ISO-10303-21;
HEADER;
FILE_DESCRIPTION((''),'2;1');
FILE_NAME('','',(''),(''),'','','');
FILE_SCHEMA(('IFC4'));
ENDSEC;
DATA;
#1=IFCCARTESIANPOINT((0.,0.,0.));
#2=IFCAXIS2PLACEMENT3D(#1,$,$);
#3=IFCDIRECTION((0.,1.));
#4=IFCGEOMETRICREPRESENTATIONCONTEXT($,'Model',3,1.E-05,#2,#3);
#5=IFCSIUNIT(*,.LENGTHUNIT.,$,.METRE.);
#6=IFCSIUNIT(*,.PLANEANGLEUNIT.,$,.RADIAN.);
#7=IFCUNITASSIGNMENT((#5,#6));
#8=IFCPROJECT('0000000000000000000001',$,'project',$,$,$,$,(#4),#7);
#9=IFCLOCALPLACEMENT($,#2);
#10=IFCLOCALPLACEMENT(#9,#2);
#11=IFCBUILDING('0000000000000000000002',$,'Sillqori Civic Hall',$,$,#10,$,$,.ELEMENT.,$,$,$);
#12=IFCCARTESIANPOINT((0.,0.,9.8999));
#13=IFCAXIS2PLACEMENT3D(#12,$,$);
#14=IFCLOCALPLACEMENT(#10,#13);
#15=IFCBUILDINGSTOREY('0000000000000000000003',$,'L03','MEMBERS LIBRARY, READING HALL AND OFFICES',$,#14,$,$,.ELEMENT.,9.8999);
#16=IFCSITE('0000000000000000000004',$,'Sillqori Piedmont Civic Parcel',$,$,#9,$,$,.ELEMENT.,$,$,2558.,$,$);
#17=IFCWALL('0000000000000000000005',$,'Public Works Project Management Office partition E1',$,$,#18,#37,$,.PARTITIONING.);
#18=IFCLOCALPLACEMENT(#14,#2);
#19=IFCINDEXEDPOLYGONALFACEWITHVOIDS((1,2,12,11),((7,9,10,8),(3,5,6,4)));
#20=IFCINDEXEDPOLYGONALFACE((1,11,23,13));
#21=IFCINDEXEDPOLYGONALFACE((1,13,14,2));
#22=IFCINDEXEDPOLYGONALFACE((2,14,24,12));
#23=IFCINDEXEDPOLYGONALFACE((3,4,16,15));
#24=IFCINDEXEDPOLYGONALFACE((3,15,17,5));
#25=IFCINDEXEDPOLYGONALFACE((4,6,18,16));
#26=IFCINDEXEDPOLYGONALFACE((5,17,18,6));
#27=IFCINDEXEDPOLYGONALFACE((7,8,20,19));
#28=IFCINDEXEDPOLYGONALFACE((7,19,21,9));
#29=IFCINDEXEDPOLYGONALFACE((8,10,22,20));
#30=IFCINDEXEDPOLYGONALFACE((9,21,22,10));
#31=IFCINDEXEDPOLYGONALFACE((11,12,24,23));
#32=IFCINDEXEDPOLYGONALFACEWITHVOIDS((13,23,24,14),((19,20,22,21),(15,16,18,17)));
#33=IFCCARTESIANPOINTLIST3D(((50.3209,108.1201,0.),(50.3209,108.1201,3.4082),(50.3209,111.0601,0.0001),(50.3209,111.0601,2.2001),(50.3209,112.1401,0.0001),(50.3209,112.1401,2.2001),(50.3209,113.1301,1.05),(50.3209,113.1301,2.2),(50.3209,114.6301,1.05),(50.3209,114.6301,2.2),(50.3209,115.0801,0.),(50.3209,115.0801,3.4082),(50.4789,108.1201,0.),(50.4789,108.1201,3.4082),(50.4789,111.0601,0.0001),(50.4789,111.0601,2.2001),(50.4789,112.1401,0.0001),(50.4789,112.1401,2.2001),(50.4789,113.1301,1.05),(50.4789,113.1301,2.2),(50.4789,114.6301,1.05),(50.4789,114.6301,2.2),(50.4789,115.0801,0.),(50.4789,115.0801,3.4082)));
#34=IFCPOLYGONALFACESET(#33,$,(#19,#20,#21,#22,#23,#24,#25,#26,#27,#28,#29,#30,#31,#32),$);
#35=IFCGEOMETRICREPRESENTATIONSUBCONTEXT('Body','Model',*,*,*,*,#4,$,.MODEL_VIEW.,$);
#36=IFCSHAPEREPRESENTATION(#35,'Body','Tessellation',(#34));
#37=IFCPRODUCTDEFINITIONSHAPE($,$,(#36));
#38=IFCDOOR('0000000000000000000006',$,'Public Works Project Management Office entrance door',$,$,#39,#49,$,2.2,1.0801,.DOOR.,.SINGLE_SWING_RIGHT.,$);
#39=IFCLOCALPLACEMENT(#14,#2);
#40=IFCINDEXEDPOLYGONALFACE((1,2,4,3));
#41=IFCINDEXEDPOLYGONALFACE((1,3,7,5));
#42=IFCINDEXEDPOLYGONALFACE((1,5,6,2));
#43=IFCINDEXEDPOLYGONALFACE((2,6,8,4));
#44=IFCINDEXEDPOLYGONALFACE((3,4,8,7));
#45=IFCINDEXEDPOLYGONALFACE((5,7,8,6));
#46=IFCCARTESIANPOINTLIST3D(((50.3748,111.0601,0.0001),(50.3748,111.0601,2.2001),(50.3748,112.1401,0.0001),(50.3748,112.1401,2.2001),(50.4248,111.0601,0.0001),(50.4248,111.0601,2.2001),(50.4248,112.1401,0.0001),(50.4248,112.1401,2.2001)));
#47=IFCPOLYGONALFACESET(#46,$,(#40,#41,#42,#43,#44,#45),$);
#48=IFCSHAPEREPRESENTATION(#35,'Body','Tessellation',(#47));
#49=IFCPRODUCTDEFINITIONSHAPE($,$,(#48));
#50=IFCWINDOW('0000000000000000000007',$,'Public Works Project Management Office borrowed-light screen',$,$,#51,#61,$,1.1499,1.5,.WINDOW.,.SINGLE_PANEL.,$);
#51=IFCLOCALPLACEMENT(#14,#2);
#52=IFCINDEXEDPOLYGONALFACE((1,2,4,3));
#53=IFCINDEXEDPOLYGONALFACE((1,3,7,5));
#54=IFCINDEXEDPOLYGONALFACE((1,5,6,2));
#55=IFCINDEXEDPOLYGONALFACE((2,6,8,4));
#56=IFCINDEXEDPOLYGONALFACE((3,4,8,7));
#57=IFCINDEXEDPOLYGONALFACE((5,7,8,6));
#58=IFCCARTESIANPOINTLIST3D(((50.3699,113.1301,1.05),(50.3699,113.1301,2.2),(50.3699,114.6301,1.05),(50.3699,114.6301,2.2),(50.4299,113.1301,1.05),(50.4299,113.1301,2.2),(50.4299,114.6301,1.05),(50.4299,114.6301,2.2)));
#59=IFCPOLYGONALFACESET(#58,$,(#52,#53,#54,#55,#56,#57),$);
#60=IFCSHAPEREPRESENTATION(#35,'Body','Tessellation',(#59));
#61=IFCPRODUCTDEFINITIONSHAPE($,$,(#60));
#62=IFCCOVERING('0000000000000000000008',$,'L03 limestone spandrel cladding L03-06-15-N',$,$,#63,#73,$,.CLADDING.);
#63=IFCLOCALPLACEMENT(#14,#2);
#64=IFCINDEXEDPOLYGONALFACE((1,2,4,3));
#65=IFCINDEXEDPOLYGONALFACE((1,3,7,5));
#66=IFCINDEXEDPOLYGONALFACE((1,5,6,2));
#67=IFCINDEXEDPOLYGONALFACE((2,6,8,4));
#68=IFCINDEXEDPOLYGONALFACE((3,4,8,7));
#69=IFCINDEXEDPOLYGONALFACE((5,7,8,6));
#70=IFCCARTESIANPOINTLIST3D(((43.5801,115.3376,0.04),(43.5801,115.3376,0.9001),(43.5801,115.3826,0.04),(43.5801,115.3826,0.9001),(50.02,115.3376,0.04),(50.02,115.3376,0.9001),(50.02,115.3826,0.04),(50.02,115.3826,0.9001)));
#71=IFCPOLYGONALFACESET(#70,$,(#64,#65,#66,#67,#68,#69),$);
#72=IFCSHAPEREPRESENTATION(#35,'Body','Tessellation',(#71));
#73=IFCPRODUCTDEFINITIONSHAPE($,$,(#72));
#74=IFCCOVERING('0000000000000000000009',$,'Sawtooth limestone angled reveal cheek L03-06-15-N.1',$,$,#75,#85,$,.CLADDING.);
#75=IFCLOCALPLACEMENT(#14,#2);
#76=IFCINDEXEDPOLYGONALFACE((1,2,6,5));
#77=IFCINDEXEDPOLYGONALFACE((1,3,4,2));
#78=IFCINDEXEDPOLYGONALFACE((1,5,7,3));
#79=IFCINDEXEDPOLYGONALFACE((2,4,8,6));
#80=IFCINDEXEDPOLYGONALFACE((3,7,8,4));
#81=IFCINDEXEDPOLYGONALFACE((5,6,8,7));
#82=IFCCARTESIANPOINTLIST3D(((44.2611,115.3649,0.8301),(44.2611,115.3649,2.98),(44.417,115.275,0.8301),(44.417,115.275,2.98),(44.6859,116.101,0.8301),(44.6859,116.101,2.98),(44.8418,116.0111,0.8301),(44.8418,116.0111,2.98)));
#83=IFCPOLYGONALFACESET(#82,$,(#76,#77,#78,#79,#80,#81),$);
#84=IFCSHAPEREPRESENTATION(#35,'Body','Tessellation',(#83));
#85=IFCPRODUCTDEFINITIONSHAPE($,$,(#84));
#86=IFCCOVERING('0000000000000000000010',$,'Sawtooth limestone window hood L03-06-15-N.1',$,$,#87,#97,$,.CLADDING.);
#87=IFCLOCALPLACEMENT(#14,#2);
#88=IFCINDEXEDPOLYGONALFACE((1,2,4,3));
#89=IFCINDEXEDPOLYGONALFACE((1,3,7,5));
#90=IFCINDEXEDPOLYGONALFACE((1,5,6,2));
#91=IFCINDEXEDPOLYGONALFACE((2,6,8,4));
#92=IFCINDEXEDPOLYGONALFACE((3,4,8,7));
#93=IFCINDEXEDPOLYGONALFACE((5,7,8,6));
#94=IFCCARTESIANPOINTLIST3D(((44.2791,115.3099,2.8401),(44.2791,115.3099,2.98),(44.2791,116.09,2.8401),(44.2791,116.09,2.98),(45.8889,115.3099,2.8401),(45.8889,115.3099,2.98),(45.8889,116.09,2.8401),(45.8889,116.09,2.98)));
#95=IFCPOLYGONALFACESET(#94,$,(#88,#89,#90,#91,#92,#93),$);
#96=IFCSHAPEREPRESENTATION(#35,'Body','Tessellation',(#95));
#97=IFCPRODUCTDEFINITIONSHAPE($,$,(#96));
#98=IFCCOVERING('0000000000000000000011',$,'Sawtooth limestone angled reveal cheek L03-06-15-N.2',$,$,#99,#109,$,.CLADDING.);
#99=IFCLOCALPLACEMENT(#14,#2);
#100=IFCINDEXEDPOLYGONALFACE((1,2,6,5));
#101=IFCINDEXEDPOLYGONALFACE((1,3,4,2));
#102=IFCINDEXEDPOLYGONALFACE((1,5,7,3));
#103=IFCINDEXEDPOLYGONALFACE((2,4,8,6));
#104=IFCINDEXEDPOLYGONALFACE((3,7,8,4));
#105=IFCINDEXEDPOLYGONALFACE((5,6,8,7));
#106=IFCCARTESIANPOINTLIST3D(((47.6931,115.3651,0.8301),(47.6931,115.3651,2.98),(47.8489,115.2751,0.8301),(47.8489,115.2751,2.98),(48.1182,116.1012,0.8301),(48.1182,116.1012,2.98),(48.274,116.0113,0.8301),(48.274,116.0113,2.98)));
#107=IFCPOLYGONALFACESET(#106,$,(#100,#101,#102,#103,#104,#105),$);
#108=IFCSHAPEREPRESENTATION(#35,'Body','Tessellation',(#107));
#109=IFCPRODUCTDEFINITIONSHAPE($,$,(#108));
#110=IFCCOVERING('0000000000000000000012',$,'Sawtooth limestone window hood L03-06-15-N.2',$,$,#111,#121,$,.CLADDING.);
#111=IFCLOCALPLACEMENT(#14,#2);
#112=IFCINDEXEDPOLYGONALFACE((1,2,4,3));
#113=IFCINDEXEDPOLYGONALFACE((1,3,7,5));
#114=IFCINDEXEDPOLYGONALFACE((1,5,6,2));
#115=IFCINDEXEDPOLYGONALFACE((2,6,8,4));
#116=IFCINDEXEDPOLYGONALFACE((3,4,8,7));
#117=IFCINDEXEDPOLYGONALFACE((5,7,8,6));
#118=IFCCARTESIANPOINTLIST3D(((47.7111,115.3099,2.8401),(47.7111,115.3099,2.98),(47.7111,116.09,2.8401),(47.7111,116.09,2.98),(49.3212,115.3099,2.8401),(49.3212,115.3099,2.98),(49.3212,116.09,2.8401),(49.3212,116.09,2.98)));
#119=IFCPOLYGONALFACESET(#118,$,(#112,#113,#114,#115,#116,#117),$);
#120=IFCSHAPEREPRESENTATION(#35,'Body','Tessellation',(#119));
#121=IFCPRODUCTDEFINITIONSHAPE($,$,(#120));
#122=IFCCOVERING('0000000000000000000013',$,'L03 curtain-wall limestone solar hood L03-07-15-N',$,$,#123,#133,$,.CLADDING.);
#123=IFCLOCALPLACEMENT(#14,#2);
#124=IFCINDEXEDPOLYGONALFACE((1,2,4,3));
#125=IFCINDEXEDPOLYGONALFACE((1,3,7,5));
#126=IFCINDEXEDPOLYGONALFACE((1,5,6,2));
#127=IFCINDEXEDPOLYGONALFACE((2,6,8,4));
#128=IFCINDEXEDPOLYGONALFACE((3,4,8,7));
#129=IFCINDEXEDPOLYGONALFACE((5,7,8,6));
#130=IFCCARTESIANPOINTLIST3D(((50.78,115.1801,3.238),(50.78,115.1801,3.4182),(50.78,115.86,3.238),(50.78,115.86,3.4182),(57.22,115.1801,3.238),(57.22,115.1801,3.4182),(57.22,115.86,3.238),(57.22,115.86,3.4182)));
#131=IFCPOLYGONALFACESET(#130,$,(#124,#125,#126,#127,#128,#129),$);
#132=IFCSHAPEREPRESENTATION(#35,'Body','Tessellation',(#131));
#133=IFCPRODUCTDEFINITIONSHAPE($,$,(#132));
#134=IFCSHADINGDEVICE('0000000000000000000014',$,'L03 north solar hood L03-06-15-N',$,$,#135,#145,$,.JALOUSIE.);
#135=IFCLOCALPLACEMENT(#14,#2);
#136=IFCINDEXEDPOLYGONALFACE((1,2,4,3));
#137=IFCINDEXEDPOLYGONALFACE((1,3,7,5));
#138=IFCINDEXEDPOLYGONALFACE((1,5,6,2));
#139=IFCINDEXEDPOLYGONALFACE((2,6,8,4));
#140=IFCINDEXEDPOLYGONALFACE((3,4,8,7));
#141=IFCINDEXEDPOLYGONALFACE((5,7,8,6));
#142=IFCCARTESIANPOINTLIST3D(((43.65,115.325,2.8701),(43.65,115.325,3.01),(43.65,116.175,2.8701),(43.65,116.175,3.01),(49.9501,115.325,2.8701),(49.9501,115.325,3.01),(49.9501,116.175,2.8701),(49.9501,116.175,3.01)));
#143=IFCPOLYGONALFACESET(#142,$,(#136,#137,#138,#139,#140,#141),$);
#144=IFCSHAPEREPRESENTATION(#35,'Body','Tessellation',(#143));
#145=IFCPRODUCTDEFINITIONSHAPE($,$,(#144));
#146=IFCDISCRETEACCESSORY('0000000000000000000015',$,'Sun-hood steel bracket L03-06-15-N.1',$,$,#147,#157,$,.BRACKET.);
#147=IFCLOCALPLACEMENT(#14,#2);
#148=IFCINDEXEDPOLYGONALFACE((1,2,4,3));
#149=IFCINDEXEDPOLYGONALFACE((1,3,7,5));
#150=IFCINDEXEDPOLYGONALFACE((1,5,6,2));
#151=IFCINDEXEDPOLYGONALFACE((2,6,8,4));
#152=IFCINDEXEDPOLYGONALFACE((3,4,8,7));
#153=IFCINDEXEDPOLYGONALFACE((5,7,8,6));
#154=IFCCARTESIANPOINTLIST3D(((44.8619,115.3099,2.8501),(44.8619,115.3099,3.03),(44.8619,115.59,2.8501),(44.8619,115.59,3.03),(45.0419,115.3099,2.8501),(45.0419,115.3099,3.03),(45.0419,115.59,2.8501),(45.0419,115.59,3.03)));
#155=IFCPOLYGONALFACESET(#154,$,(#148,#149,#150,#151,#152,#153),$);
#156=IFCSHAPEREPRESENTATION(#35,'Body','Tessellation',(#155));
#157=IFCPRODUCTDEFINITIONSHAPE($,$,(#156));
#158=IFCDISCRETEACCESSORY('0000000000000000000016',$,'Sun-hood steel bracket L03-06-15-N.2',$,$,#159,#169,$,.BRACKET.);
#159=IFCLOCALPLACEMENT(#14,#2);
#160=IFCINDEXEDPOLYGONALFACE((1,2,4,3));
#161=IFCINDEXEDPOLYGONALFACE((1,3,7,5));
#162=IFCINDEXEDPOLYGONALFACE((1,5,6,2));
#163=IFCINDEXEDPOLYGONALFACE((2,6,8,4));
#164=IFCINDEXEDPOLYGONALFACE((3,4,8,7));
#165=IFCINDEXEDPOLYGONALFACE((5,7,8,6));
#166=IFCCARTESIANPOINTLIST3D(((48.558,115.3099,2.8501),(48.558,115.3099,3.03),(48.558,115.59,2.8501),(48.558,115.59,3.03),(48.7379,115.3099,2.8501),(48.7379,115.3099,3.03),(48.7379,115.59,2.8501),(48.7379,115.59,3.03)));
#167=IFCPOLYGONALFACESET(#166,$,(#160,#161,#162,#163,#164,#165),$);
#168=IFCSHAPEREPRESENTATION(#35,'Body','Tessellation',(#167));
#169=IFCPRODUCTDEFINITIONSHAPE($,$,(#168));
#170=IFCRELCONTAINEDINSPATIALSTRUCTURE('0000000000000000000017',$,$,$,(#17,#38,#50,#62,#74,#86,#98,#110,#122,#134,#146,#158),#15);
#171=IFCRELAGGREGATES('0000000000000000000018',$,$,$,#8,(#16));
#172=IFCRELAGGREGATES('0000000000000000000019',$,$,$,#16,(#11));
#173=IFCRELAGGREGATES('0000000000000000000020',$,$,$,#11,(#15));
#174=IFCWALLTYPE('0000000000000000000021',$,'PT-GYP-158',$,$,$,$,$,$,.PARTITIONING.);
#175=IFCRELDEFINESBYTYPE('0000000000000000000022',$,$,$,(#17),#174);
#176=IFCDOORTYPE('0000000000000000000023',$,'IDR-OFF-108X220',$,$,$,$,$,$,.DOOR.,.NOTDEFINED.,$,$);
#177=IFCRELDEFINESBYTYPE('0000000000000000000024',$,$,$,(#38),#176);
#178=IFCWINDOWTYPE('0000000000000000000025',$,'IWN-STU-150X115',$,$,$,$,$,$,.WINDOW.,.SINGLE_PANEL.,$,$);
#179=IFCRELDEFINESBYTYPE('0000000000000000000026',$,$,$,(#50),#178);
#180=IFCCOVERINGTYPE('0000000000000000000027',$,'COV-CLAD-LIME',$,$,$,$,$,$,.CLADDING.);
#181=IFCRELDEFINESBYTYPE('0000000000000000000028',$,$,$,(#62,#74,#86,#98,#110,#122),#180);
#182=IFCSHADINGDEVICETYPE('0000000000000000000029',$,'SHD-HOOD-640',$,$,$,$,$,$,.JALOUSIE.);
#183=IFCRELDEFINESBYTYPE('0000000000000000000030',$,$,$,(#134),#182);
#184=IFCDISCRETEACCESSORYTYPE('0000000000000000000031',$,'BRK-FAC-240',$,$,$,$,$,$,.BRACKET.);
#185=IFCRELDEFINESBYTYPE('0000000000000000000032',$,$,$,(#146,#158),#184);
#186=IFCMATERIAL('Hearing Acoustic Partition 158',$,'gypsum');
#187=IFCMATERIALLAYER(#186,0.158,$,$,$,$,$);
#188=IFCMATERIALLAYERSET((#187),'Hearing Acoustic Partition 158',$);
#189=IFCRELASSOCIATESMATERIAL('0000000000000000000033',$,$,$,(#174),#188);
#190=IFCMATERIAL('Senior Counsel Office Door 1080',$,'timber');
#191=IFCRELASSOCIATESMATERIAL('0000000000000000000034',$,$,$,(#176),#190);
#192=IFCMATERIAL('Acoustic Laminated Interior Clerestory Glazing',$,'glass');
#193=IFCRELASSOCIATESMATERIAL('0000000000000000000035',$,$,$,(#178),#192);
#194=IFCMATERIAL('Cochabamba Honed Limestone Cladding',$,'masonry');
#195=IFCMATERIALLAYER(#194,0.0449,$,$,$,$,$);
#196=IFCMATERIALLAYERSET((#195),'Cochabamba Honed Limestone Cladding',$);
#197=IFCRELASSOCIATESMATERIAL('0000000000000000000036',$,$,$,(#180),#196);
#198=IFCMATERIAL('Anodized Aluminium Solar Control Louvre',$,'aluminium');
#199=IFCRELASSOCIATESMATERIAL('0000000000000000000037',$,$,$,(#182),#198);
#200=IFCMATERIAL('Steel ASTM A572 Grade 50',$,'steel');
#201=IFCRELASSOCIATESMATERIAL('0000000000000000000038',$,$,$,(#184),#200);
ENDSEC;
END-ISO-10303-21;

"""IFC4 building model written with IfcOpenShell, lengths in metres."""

from ifc_helpers import new_model, si_unit, direction, frame, frame_2d, origin, origin_2d, place, context, subcontext, project, spatial, rectangle, extrude, material, layer, layer_set, type_object, element, fill, save


model = new_model("IFC4")

# Units and contexts
model_context = context("Model", 3, precision=1e-05, world=origin(), true_north=direction((0.0, 1.0)))
body_context = subcontext(model_context, "Body", "Model", "MODEL_VIEW")
ifc_project = project(units=[si_unit("LENGTHUNIT", "METRE"), si_unit("PLANEANGLEUNIT", "RADIAN")], contexts=[model_context])

# Site, building, storey
site_placement = place(None, origin())
site = spatial("IfcSite", under=ifc_project, at=site_placement, Name="Sillqori Piedmont Civic Parcel", CompositionType="ELEMENT", RefElevation=2558.0)
building_placement = place(site_placement, origin())
building = spatial("IfcBuilding", under=site, at=building_placement, Name="Sillqori Civic Hall", CompositionType="ELEMENT")
storey_placement = place(building_placement, frame((0.0, 0.0, 9.8999)))
storey = spatial("IfcBuildingStorey", under=building, at=storey_placement, Name="L03", Description="MEMBERS LIBRARY, READING HALL AND OFFICES", CompositionType="ELEMENT", Elevation=9.8999)

# Wall, openings, door, window
ifc_material_1 = material(Name="Hearing Acoustic Partition 158", Category="gypsum")
ifc_layer_1 = layer(ifc_material_1, 0.158)
ifc_layer_set_1 = layer_set([ifc_layer_1], Name="Hearing Acoustic Partition 158")
wall_type_1 = type_object("IfcWallType", Name="PT-GYP-158", PredefinedType="PARTITIONING", material=ifc_layer_set_1)
wall_1_placement = place(storey_placement, frame((50.3999, 115.0801, 0.0), z_axis=(0.0, 0.0, 1.0), x_axis=(0.0, -1.0, 0.0)))
wall_1 = element("IfcWall", 1, at=wall_1_placement, inside=storey, type_object=wall_type_1, Name="Public Works Project Management Office partition E1", PredefinedType="PARTITIONING", context=body_context, shape_type="SweptSolid", body=[
    extrude(rectangle(XDim=6.96, YDim=0.158, at=frame_2d((3.48, 0.0))), origin(), (0.0, 0.0, 1.0), 3.4082),
])
opening_1_placement = place(wall_1_placement, frame((2.9399, 0.0, 0.0)))
opening_1 = element("IfcOpeningElement", 2, at=opening_1_placement, cuts=wall_1, PredefinedType="OPENING", context=body_context, shape_type="SweptSolid", body=[
    extrude(rectangle(XDim=1.0801, YDim=2.2, at=frame_2d((0.54, 1.1001))), frame((0.0, 0.0889, 0.0), z_axis=(0.0, -1.0, 0.0), x_axis=(1.0, 0.0, 0.0)), (0.0, 0.0, 1.0), 0.178),
])
opening_2_placement = place(wall_1_placement, frame((0.45, 0.0, 1.05)))
opening_2 = element("IfcOpeningElement", 3, at=opening_2_placement, cuts=wall_1, PredefinedType="OPENING", context=body_context, shape_type="SweptSolid", body=[
    extrude(rectangle(XDim=1.5, YDim=1.1499, at=frame_2d((0.75, 0.575))), frame((0.0, 0.0889, 0.0), z_axis=(0.0, -1.0, 0.0), x_axis=(1.0, 0.0, 0.0)), (0.0, 0.0, 1.0), 0.178),
])
ifc_material_2 = material(Name="Senior Counsel Office Door 1080", Category="timber")
door_type = type_object("IfcDoorType", Name="IDR-OFF-108X220", OperationType="NOTDEFINED", PredefinedType="DOOR", material=ifc_material_2)
door_placement = place(opening_1_placement, origin())
door = element("IfcDoor", 4, at=door_placement, inside=storey, type_object=door_type, Name="Public Works Project Management Office entrance door", OperationType="SINGLE_SWING_RIGHT", OverallHeight=2.2, OverallWidth=1.0801, PredefinedType="DOOR", context=body_context, shape_type="SweptSolid", body=[
    extrude(rectangle(XDim=1.0801, YDim=2.2, at=frame_2d((0.54, 1.1001))), frame((0.0, 0.0249, 0.0), z_axis=(0.0, -1.0, 0.0), x_axis=(1.0, 0.0, 0.0)), (0.0, 0.0, 1.0), 0.05),
])
fill(opening_1, door)
ifc_material_3 = material(Name="Acoustic Laminated Interior Clerestory Glazing", Category="glass")
window_type_1 = type_object("IfcWindowType", Name="IWN-STU-150X115", PartitioningType="SINGLE_PANEL", PredefinedType="WINDOW", material=ifc_material_3)
window_1_placement = place(opening_2_placement, origin())
window_1 = element("IfcWindow", 5, at=window_1_placement, inside=storey, type_object=window_type_1, Name="Public Works Project Management Office borrowed-light screen", OverallHeight=1.1499, OverallWidth=1.5, PartitioningType="SINGLE_PANEL", PredefinedType="WINDOW", context=body_context, shape_type="SweptSolid", body=[
    extrude(rectangle(XDim=1.5, YDim=1.1499, at=frame_2d((0.75, 0.575))), frame((0.0, 0.03, 0.0), z_axis=(0.0, -1.0, 0.0), x_axis=(1.0, 0.0, 0.0)), (0.0, 0.0, 1.0), 0.0601),
])
fill(opening_2, window_1)

# Coverings
ifc_material_4 = material(Name="Cochabamba Honed Limestone Cladding", Category="masonry")
ifc_layer_2 = layer(ifc_material_4, 0.0449)
ifc_layer_set_2 = layer_set([ifc_layer_2], Name="Cochabamba Honed Limestone Cladding")
covering_type = type_object("IfcCoveringType", Name="COV-CLAD-LIME", PredefinedType="CLADDING", material=ifc_layer_set_2)
covering_1_placement = place(storey_placement, frame((43.5801, 115.3601, 0.04), z_axis=(0.0, 0.0, 1.0), x_axis=(1.0, 0.0, 0.0)))
element("IfcCovering", 6, at=covering_1_placement, inside=storey, type_object=covering_type, Name="L03 limestone spandrel cladding L03-06-15-N", PredefinedType="CLADDING", context=body_context, shape_type="SweptSolid", body=[
    extrude(rectangle(XDim=6.4399, YDim=0.0449, at=frame_2d((3.22, 0.0))), origin(), (0.0, 0.0, 1.0), 0.8601),
])
covering_2_placement = place(storey_placement, frame((44.3391, 115.3201, 0.8301), z_axis=(0.0, 0.0, 1.0), x_axis=(0.499847, 0.866114, 0.0)))
element("IfcCovering", 7, at=covering_2_placement, inside=storey, type_object=covering_type, Name="Sawtooth limestone angled reveal cheek L03-06-15-N.1", PredefinedType="CLADDING", context=body_context, shape_type="SweptSolid", body=[
    extrude(rectangle(XDim=0.8499, YDim=0.1799, at=frame_2d((0.4248, 0.0))), origin(), (0.0, 0.0, 1.0), 2.1499),
])
covering_3_placement = place(storey_placement, frame((44.2791, 115.7, 2.8401), z_axis=(0.0, 0.0, 1.0), x_axis=(1.0, 0.0, 0.0)))
element("IfcCovering", 8, at=covering_3_placement, inside=storey, type_object=covering_type, Name="Sawtooth limestone window hood L03-06-15-N.1", PredefinedType="CLADDING", context=body_context, shape_type="SweptSolid", body=[
    extrude(rectangle(XDim=1.6099, YDim=0.78, at=frame_2d((0.8049, 0.0))), origin(), (0.0, 0.0, 1.0), 0.1399),
])
covering_4_placement = place(storey_placement, frame((47.771, 115.3201, 0.8301), z_axis=(0.0, 0.0, 1.0), x_axis=(0.500062, 0.865989, 0.0)))
element("IfcCovering", 9, at=covering_4_placement, inside=storey, type_object=covering_type, Name="Sawtooth limestone angled reveal cheek L03-06-15-N.2", PredefinedType="CLADDING", context=body_context, shape_type="SweptSolid", body=[
    extrude(rectangle(XDim=0.8501, YDim=0.1799, at=frame_2d((0.425, 0.0))), origin(), (0.0, 0.0, 1.0), 2.1499),
])
covering_5_placement = place(storey_placement, frame((47.7109, 115.7, 2.8401), z_axis=(0.0, 0.0, 1.0), x_axis=(1.0, 0.0, 0.0)))
element("IfcCovering", 10, at=covering_5_placement, inside=storey, type_object=covering_type, Name="Sawtooth limestone window hood L03-06-15-N.2", PredefinedType="CLADDING", context=body_context, shape_type="SweptSolid", body=[
    extrude(rectangle(XDim=1.6101, YDim=0.78, at=frame_2d((0.8052, 0.0))), origin(), (0.0, 0.0, 1.0), 0.1399),
])
covering_6_placement = place(storey_placement, frame((50.78, 115.52, 3.238), z_axis=(0.0, 0.0, 1.0), x_axis=(1.0, 0.0, 0.0)))
element("IfcCovering", 11, at=covering_6_placement, inside=storey, type_object=covering_type, Name="L03 curtain-wall limestone solar hood L03-07-15-N", PredefinedType="CLADDING", context=body_context, shape_type="SweptSolid", body=[
    extrude(rectangle(XDim=6.4399, YDim=0.6799, at=frame_2d((3.22, 0.0))), origin(), (0.0, 0.0, 1.0), 0.1802),
])

# Shading device
ifc_material_5 = material(Name="Anodized Aluminium Solar Control Louvre", Category="aluminium")
shading_device_type = type_object("IfcShadingDeviceType", Name="SHD-HOOD-640", PredefinedType="JALOUSIE", material=ifc_material_5)
shading_device_placement = place(storey_placement, frame((46.8, 115.75, 2.8701), z_axis=(0.0, 0.0, 1.0), x_axis=(1.0, 0.0, 0.0)))
element("IfcShadingDevice", 12, at=shading_device_placement, inside=storey, type_object=shading_device_type, Name="L03 north solar hood L03-06-15-N", PredefinedType="JALOUSIE", context=body_context, shape_type="SweptSolid", body=[
    extrude(rectangle(XDim=6.3, YDim=0.8501, at=origin_2d()), origin(), (0.0, 0.0, 1.0), 0.1399),
])

# Discrete accessories
ifc_material_6 = material(Name="Steel ASTM A572 Grade 50", Category="steel")
discrete_accessory_type = type_object("IfcDiscreteAccessoryType", Name="BRK-FAC-240", PredefinedType="BRACKET", material=ifc_material_6)
for number, where, z_axis, x_axis, name in (
    (13, (44.9519, 115.45, 2.8501), (0.0, 0.0, 1.0), (1.0, 0.0, 0.0), "Sun-hood steel bracket L03-06-15-N.1"),
    (14, (48.6479, 115.45, 2.8501), (0.0, 0.0, 1.0), (1.0, 0.0, 0.0), "Sun-hood steel bracket L03-06-15-N.2"),
):
    element("IfcDiscreteAccessory", number, at=place(storey_placement, frame(where, z_axis=z_axis, x_axis=x_axis)), inside=storey, type_object=discrete_accessory_type, Name=name, PredefinedType="BRACKET", context=body_context, shape_type="SweptSolid", body=[
        extrude(rectangle(XDim=0.1799, YDim=0.28, at=origin_2d()), origin(), (0.0, 0.0, 1.0), 0.1799),
    ])

save(model, "model.ifc")
